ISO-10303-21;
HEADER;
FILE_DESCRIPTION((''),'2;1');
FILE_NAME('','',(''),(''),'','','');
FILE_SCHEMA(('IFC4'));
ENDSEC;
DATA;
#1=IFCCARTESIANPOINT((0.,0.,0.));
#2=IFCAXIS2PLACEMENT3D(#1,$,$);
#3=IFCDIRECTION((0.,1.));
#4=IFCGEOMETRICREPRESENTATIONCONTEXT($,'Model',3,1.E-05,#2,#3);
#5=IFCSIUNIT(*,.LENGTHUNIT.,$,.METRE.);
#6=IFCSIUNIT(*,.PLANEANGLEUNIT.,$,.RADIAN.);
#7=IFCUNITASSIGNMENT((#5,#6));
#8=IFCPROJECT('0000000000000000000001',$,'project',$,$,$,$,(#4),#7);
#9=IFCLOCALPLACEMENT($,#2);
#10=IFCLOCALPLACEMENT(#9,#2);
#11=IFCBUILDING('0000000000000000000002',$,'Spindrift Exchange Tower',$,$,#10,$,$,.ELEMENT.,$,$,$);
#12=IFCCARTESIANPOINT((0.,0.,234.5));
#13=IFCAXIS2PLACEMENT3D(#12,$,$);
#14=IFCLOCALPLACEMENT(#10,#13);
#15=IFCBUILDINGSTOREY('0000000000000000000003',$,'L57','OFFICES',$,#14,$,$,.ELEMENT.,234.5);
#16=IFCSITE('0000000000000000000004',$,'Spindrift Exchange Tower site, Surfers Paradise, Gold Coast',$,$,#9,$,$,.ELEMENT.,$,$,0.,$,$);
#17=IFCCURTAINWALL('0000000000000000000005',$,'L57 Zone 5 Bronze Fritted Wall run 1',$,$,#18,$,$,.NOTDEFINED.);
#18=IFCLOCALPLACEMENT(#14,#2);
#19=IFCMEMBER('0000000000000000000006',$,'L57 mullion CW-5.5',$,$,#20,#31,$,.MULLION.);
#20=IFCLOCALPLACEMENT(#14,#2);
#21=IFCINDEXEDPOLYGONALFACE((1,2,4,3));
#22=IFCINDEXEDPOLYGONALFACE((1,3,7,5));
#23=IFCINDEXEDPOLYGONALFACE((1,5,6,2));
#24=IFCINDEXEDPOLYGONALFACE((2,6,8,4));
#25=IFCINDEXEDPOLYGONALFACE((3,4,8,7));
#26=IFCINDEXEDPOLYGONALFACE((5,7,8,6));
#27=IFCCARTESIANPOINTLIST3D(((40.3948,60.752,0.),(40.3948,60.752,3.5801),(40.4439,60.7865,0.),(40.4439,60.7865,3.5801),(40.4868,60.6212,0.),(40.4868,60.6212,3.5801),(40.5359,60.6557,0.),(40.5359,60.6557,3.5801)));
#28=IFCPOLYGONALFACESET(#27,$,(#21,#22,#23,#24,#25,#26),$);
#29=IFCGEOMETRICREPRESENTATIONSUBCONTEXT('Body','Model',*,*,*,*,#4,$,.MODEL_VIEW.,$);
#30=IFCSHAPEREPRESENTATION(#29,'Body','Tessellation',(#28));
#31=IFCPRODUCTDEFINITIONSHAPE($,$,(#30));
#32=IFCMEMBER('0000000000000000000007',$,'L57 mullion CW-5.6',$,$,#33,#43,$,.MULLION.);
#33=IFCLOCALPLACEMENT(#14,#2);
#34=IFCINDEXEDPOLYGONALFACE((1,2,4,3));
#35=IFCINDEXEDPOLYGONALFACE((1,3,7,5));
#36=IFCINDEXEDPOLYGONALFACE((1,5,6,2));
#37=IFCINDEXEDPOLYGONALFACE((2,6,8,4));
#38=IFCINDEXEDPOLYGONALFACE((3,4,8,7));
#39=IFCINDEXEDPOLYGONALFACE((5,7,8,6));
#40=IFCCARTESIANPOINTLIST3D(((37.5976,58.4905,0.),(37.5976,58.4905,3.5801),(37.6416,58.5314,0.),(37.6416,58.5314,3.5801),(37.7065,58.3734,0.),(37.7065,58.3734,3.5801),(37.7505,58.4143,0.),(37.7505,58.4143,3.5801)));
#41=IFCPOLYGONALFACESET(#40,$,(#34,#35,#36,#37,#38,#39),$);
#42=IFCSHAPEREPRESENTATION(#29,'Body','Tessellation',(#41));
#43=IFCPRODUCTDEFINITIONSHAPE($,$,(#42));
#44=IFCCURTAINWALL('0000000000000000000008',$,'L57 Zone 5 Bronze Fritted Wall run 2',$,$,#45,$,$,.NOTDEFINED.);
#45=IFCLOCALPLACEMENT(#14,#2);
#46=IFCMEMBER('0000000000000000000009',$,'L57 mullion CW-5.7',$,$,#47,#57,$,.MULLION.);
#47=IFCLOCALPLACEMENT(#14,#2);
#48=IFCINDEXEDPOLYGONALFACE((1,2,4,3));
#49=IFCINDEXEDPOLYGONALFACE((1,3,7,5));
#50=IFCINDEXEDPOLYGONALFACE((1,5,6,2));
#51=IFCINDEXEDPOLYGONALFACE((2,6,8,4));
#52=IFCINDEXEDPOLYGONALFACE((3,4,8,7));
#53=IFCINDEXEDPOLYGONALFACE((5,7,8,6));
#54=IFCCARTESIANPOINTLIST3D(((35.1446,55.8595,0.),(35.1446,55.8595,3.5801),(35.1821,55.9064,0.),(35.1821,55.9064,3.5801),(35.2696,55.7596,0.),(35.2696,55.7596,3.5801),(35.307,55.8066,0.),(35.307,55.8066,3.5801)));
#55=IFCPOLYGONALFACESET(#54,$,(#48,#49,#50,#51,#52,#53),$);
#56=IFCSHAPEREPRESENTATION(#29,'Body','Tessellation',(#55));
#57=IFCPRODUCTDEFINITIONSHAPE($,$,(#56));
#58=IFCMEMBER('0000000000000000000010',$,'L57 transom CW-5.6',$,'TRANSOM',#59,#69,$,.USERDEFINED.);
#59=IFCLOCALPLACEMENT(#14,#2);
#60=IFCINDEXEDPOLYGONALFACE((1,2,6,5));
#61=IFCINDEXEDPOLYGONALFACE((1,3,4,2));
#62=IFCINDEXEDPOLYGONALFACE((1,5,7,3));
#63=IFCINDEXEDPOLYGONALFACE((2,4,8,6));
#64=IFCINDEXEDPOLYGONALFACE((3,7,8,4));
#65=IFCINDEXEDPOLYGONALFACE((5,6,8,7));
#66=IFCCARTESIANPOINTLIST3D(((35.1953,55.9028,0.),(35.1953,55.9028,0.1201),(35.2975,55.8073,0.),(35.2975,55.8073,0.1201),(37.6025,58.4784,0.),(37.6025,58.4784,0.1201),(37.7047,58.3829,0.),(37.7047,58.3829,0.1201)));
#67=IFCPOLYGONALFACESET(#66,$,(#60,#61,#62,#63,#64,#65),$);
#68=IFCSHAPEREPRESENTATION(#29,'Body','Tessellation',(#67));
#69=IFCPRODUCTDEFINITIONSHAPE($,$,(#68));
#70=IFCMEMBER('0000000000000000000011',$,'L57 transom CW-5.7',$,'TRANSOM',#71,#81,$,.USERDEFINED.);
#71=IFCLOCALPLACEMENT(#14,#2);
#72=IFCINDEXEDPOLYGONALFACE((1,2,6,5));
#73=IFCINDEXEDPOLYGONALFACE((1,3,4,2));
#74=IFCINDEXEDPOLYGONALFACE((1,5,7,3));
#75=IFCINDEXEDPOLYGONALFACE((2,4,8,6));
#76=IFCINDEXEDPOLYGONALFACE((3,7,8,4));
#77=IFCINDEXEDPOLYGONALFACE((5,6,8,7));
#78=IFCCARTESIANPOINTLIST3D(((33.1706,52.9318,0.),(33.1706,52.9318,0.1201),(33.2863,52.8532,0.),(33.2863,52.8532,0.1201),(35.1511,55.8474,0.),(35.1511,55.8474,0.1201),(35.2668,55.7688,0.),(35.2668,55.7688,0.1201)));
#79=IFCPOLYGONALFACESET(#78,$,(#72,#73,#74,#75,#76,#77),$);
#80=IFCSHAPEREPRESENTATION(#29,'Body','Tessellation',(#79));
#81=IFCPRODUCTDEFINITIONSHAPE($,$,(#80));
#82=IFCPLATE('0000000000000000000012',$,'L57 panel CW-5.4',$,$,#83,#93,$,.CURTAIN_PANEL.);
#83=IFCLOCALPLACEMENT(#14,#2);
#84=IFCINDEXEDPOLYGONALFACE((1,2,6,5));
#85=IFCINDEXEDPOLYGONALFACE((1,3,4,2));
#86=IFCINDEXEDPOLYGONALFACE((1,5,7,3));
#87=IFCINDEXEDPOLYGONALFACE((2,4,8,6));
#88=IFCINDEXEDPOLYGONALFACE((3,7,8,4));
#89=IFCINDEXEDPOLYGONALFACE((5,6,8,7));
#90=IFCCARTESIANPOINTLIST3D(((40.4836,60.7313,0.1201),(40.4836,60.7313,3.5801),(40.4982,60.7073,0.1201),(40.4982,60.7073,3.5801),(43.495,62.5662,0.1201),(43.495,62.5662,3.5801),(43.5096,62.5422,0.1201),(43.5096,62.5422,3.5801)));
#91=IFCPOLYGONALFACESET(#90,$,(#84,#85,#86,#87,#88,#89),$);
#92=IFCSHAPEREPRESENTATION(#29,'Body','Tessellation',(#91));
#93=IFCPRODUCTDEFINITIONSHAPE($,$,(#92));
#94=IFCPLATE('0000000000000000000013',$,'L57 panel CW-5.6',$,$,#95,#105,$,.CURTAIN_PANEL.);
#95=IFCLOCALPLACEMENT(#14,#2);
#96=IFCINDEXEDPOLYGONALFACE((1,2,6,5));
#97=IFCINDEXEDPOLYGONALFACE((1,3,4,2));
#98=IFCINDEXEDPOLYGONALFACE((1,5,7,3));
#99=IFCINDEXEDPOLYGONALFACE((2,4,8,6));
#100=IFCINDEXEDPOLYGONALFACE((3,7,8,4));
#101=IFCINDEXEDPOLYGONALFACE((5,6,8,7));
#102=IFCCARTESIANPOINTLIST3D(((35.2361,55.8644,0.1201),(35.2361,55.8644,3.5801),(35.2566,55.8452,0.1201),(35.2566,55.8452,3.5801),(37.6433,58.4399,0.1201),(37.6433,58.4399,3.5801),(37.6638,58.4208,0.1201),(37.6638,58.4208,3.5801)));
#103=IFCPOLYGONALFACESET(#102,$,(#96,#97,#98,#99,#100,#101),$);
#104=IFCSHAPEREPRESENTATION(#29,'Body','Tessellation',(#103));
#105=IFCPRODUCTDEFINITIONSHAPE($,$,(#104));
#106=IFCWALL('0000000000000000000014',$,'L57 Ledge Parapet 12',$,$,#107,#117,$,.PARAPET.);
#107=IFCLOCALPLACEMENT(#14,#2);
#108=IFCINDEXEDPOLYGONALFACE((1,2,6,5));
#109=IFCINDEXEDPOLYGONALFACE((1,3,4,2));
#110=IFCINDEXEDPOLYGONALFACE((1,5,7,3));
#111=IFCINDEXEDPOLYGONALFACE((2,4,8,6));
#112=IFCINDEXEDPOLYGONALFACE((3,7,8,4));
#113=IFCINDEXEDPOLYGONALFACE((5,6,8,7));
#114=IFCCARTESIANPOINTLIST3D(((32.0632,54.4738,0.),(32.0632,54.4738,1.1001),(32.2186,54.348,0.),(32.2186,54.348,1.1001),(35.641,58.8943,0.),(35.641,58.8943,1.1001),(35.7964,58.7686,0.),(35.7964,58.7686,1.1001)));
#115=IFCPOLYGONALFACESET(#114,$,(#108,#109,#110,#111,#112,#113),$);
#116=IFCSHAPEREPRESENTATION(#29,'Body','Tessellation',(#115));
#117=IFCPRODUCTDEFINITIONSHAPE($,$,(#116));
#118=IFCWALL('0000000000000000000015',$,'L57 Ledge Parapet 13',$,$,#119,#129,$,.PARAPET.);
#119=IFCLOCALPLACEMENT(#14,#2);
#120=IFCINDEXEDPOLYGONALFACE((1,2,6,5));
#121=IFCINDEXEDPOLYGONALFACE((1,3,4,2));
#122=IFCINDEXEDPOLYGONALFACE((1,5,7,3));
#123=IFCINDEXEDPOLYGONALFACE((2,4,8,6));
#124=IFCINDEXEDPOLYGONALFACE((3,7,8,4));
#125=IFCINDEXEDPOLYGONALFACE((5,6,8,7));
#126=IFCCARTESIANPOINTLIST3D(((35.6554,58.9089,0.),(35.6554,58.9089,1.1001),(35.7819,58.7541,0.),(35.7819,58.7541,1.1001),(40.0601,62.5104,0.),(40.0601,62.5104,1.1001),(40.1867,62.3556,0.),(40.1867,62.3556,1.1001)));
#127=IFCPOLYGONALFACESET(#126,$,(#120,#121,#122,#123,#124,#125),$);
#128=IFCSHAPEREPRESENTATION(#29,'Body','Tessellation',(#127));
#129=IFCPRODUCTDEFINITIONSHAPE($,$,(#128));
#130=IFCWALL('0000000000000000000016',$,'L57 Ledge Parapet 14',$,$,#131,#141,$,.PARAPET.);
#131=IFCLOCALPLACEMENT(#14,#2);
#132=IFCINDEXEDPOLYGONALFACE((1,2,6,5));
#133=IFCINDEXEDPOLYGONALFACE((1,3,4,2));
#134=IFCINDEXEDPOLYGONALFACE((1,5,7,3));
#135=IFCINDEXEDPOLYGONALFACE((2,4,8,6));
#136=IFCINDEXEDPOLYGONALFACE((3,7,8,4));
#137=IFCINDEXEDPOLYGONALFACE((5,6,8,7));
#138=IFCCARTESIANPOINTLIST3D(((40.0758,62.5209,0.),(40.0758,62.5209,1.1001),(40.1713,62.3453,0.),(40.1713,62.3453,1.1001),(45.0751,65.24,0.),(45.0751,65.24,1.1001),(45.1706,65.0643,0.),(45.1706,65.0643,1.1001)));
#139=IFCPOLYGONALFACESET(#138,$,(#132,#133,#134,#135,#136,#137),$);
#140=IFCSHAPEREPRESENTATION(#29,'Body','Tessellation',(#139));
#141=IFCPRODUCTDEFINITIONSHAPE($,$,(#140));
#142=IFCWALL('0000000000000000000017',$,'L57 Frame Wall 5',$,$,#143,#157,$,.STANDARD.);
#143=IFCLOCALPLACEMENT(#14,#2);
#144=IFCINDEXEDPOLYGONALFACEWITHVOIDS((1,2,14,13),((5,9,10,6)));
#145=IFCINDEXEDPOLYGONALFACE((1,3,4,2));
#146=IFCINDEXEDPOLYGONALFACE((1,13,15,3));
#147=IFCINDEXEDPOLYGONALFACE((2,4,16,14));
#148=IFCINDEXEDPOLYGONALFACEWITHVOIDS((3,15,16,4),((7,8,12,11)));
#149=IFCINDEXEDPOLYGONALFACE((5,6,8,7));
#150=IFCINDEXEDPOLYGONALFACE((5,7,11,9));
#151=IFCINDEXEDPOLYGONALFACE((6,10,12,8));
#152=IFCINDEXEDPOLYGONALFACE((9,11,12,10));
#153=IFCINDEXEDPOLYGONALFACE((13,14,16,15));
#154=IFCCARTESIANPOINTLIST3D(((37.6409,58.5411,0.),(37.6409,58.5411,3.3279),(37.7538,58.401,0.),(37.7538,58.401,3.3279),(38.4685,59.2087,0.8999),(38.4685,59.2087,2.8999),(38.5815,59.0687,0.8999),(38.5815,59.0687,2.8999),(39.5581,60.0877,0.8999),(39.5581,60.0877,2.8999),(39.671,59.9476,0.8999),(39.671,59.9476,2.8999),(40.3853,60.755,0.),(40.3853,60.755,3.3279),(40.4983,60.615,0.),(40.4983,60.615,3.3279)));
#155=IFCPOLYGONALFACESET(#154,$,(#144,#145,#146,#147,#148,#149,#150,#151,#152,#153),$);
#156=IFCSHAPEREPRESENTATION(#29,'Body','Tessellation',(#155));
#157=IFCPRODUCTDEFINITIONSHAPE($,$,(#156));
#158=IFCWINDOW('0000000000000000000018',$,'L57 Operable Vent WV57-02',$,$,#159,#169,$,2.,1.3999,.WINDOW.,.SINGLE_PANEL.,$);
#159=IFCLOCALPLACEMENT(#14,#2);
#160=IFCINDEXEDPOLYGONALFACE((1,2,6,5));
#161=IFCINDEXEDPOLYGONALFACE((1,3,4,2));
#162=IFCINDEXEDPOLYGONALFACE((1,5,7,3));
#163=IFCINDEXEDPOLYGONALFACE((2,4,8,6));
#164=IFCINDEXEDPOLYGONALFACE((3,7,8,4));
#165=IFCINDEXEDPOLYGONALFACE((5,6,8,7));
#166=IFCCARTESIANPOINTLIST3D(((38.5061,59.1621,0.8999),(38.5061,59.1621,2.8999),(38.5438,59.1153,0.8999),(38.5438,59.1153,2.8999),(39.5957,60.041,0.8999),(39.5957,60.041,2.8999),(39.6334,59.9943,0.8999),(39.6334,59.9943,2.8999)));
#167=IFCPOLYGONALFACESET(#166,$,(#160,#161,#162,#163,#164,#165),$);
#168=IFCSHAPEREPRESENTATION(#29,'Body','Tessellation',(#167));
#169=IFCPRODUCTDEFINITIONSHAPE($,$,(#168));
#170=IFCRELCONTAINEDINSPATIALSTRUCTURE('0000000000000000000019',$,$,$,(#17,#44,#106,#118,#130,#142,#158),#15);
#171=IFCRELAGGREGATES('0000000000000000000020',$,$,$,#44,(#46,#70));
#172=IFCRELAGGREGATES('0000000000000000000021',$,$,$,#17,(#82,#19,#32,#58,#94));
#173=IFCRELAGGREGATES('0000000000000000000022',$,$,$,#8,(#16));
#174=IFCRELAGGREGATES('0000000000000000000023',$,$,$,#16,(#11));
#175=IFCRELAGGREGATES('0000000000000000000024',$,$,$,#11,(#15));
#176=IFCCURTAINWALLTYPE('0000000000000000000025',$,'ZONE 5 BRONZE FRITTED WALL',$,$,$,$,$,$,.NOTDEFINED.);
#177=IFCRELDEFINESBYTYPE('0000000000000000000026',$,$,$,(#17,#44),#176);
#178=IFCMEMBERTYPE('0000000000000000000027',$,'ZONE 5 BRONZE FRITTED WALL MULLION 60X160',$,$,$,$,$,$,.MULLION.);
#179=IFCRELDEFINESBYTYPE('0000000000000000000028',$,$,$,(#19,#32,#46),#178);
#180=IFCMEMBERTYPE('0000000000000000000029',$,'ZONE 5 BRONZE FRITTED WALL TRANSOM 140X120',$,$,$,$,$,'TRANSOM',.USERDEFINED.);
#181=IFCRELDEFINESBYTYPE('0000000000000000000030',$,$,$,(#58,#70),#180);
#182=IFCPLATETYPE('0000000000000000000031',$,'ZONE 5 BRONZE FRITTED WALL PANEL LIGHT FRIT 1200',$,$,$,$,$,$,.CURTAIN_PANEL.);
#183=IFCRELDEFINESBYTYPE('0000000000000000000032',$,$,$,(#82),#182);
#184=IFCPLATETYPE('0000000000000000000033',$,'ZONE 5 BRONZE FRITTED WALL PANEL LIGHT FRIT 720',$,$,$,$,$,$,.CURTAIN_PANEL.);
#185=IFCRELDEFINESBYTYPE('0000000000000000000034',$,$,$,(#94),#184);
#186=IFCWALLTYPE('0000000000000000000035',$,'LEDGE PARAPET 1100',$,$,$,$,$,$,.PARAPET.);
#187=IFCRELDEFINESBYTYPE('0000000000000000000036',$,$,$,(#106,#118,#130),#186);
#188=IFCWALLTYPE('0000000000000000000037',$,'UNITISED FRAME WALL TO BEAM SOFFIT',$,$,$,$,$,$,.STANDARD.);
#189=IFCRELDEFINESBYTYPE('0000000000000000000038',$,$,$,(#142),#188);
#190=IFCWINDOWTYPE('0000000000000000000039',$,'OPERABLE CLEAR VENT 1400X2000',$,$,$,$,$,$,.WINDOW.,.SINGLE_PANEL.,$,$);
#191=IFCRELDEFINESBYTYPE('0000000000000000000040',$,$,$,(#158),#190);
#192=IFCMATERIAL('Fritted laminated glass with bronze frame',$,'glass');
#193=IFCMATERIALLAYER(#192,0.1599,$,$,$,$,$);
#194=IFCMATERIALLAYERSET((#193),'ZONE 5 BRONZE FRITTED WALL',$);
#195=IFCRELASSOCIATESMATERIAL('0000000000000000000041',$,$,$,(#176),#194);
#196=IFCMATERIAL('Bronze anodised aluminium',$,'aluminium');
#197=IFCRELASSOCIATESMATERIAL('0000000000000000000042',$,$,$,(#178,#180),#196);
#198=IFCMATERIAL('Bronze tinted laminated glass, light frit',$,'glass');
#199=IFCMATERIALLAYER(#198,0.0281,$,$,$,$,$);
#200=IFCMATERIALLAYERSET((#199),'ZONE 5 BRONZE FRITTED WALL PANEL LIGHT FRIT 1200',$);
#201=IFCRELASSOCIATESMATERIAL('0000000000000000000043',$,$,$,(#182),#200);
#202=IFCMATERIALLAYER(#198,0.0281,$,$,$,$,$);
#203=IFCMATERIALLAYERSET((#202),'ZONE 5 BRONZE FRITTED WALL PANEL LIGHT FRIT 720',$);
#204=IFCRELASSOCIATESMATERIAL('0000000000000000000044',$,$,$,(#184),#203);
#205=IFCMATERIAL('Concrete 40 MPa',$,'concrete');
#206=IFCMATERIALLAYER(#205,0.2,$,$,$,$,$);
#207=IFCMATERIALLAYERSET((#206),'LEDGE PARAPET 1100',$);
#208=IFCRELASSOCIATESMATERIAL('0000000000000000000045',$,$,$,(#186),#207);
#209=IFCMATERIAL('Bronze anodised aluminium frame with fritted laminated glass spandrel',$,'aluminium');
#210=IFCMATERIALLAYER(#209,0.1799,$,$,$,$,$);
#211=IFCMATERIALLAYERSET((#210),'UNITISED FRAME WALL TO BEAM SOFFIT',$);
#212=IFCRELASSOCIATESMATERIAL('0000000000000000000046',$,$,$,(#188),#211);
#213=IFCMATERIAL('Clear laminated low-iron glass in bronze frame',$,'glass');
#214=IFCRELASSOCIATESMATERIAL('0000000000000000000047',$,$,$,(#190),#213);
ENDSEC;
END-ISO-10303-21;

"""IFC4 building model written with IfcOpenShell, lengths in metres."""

from ifc_helpers import new_model, si_unit, direction, frame, frame_2d, origin, origin_2d, place, context, subcontext, project, spatial, rectangle, extrude, source, transform, mapped, material, layer, layer_set, material_profile, profile_set, type_object, element, fill, aggregate, save


model = new_model("IFC4")

# Units and contexts
model_context = context("Model", 3, precision=1e-05, world=origin(), true_north=direction((0.0, 1.0)))
body_context = subcontext(model_context, "Body", "Model", "MODEL_VIEW")
ifc_project = project(units=[si_unit("LENGTHUNIT", "METRE"), si_unit("PLANEANGLEUNIT", "RADIAN")], contexts=[model_context])

# Site, building, storey
site_placement = place(None, origin())
site = spatial("IfcSite", under=ifc_project, at=site_placement, Name="Spindrift Exchange Tower site, Surfers Paradise, Gold Coast", CompositionType="ELEMENT", RefElevation=0.0)
building_placement = place(site_placement, origin())
building = spatial("IfcBuilding", under=site, at=building_placement, Name="Spindrift Exchange Tower", CompositionType="ELEMENT")
storey_placement = place(building_placement, frame((0.0, 0.0, 234.5)))
storey = spatial("IfcBuildingStorey", under=building, at=storey_placement, Name="L57", Description="OFFICES", CompositionType="ELEMENT", Elevation=234.5)

# Shared definitions
ifc_material_1 = material(Name="Concrete 40 MPa", Category="concrete")

# Curtain wall, members
ifc_material_2 = material(Name="Fritted laminated glass with bronze frame", Category="glass")
ifc_layer_1 = layer(ifc_material_2, 0.1599)
ifc_layer_set_1 = layer_set([ifc_layer_1], Name="ZONE 5 BRONZE FRITTED WALL")
curtain_wall_type = type_object("IfcCurtainWallType", Name="ZONE 5 BRONZE FRITTED WALL", PredefinedType="NOTDEFINED", material=ifc_layer_set_1)
curtain_wall_1_placement = place(storey_placement, origin())
curtain_wall_1 = element("IfcCurtainWall", 1, at=curtain_wall_1_placement, inside=storey, type_object=curtain_wall_type, Name="L57 Zone 5 Bronze Fritted Wall run 1", PredefinedType="NOTDEFINED")
ifc_material_3 = material(Name="Bronze anodised aluminium", Category="aluminium")
ifc_material_profile_1 = material_profile(ifc_material_3, rectangle(XDim=0.0601, YDim=0.1599, at=origin_2d()), Name="ZONE 5 BRONZE FRITTED WALL MULLION 60X160")
ifc_profile_set_1 = profile_set([ifc_material_profile_1], Name="Bronze anodised aluminium")
member_type_1 = type_object("IfcMemberType", Name="ZONE 5 BRONZE FRITTED WALL MULLION 60X160", PredefinedType="MULLION", material=ifc_profile_set_1)
shared_shape_1 = source(origin(), body_context, "Body", "SweptSolid", [
    extrude(rectangle(XDim=0.0601, YDim=0.1599, at=origin_2d()), origin(), (0.0, 0.0, 1.0), 3.5801),
])
member_1_placement = place(storey_placement, frame((40.4653, 60.7039, 0.0), z_axis=(0.0, 0.0, 1.0), x_axis=(-0.817937, -0.575308, 0.0)))
member_1 = element("IfcMember", 2, at=member_1_placement, type_object=member_type_1, Name="L57 mullion CW-5.5", PredefinedType="MULLION", context=body_context, shape_type="MappedRepresentation", body=[
    mapped(shared_shape_1, transform((0.0, 0.0, 0.0), scale=1.0)),
])
member_2_placement = place(storey_placement, frame((37.6741, 58.4524, 0.0), z_axis=(0.0, 0.0, 1.0), x_axis=(-0.73241, -0.680864, 0.0)))
member_2 = element("IfcMember", 3, at=member_2_placement, type_object=member_type_1, Name="L57 mullion CW-5.6", PredefinedType="MULLION", context=body_context, shape_type="MappedRepresentation", body=[
    mapped(shared_shape_1, transform((0.0, 0.0, 0.0), scale=1.0)),
])

# Curtain wall, member
curtain_wall_2_placement = place(storey_placement, origin())
curtain_wall_2 = element("IfcCurtainWall", 4, at=curtain_wall_2_placement, inside=storey, type_object=curtain_wall_type, Name="L57 Zone 5 Bronze Fritted Wall run 2", PredefinedType="NOTDEFINED")
member_3_placement = place(storey_placement, frame((35.2258, 55.833, 0.0), z_axis=(0.0, 0.0, 1.0), x_axis=(-0.624223, -0.781246, 0.0)))
member_3 = element("IfcMember", 5, at=member_3_placement, type_object=member_type_1, Name="L57 mullion CW-5.7", PredefinedType="MULLION", context=body_context, shape_type="MappedRepresentation", body=[
    mapped(shared_shape_1, transform((0.0, 0.0, 0.0), scale=1.0)),
])

# Members
ifc_material_profile_2 = material_profile(ifc_material_3, rectangle(XDim=0.1399, YDim=0.1201, at=origin_2d()), Name="ZONE 5 BRONZE FRITTED WALL TRANSOM 140X120")
ifc_profile_set_2 = profile_set([ifc_material_profile_2], Name="Bronze anodised aluminium")
member_type_2 = type_object("IfcMemberType", Name="ZONE 5 BRONZE FRITTED WALL TRANSOM 140X120", ElementType="TRANSOM", PredefinedType="USERDEFINED", material=ifc_profile_set_2)
shared_shape_2 = source(origin(), body_context, "Body", "SweptSolid", [
    extrude(rectangle(XDim=0.1399, YDim=0.1201, at=origin_2d()), origin(), (0.0, 0.0, 1.0), 3.5254),
])
member_4_placement = place(storey_placement, frame((37.6536, 58.4307, 0.0601), z_axis=(-0.682812, -0.730595, 0.0), x_axis=(0.730595, -0.682812, 0.0)))
member_4 = element("IfcMember", 6, at=member_4_placement, type_object=member_type_2, Name="L57 transom CW-5.6", ObjectType="TRANSOM", PredefinedType="USERDEFINED", context=body_context, shape_type="MappedRepresentation", body=[
    mapped(shared_shape_2, transform((0.0, 0.0, 0.0), scale=1.0)),
])
shared_shape_3 = source(origin(), body_context, "Body", "SweptSolid", [
    extrude(rectangle(XDim=0.1399, YDim=0.1201, at=origin_2d()), origin(), (0.0, 0.0, 1.0), 3.5247),
])
member_5_placement = place(storey_placement, frame((35.209, 55.8081, 0.0601), z_axis=(-0.561904, -0.827202, 0.0), x_axis=(0.827202, -0.561904, 0.0)))
member_5 = element("IfcMember", 7, at=member_5_placement, type_object=member_type_2, Name="L57 transom CW-5.7", ObjectType="TRANSOM", PredefinedType="USERDEFINED", context=body_context, shape_type="MappedRepresentation", body=[
    mapped(shared_shape_3, transform((0.0, 0.0, 0.0), scale=1.0)),
])
aggregate(curtain_wall_2, [member_3, member_5])

# Plates
ifc_material_4 = material(Name="Bronze tinted laminated glass, light frit", Category="glass")
ifc_layer_2 = layer(ifc_material_4, 0.0281)
ifc_layer_set_2 = layer_set([ifc_layer_2], Name="ZONE 5 BRONZE FRITTED WALL PANEL LIGHT FRIT 1200")
plate_type_1 = type_object("IfcPlateType", Name="ZONE 5 BRONZE FRITTED WALL PANEL LIGHT FRIT 1200", PredefinedType="CURTAIN_PANEL", material=ifc_layer_set_2)
shared_shape_4 = source(origin(), body_context, "Body", "SweptSolid", [
    extrude(rectangle(XDim=3.5264, YDim=0.0281, at=origin_2d()), origin(), (0.0, 0.0, 1.0), 3.46),
])
plate_1_placement = place(storey_placement, frame((41.9966, 61.6367, 0.1201), z_axis=(0.0, 0.0, 1.0), x_axis=(-0.853962, -0.520335, 0.0)))
plate_1 = element("IfcPlate", 8, at=plate_1_placement, type_object=plate_type_1, Name="L57 panel CW-5.4", PredefinedType="CURTAIN_PANEL", context=body_context, shape_type="MappedRepresentation", body=[
    mapped(shared_shape_4, transform((0.0, 0.0, 0.0), scale=1.0)),
])
ifc_layer_3 = layer(ifc_material_4, 0.0281)
ifc_layer_set_3 = layer_set([ifc_layer_3], Name="ZONE 5 BRONZE FRITTED WALL PANEL LIGHT FRIT 720")
plate_type_2 = type_object("IfcPlateType", Name="ZONE 5 BRONZE FRITTED WALL PANEL LIGHT FRIT 720", PredefinedType="CURTAIN_PANEL", material=ifc_layer_set_3)
shared_shape_5 = source(origin(), body_context, "Body", "SweptSolid", [
    extrude(rectangle(XDim=3.5254, YDim=0.0281, at=origin_2d()), origin(), (0.0, 0.0, 1.0), 3.46),
])
plate_2_placement = place(storey_placement, frame((36.45, 57.1426, 0.1201), z_axis=(0.0, 0.0, 1.0), x_axis=(-0.68283, -0.730577, 0.0)))
plate_2 = element("IfcPlate", 9, at=plate_2_placement, type_object=plate_type_2, Name="L57 panel CW-5.6", PredefinedType="CURTAIN_PANEL", context=body_context, shape_type="MappedRepresentation", body=[
    mapped(shared_shape_5, transform((0.0, 0.0, 0.0), scale=1.0)),
])
aggregate(curtain_wall_1, [plate_1, member_1, member_2, member_4, plate_2])

# Walls
ifc_layer_4 = layer(ifc_material_1, 0.2)
ifc_layer_set_4 = layer_set([ifc_layer_4], Name="LEDGE PARAPET 1100")
wall_type_1 = type_object("IfcWallType", Name="LEDGE PARAPET 1100", PredefinedType="PARAPET", material=ifc_layer_set_4)
wall_1_placement = place(storey_placement, frame((32.1409, 54.4109, 0.0), z_axis=(0.0, 0.0, 1.0), x_axis=(0.629119, 0.777309, 0.0)))
element("IfcWall", 10, at=wall_1_placement, inside=storey, type_object=wall_type_1, Name="L57 Ledge Parapet 12", PredefinedType="PARAPET", context=body_context, shape_type="SweptSolid", body=[
    extrude(rectangle(XDim=5.687, YDim=0.2, at=frame_2d((2.8435, 0.0))), origin(), (0.0, 0.0, 1.0), 1.1001),
])
wall_2_placement = place(storey_placement, frame((35.7188, 58.8315, 0.0), z_axis=(0.0, 0.0, 1.0), x_axis=(0.77416, 0.63299, 0.0)))
element("IfcWall", 11, at=wall_2_placement, inside=storey, type_object=wall_type_1, Name="L57 Ledge Parapet 13", PredefinedType="PARAPET", context=body_context, shape_type="SweptSolid", body=[
    extrude(rectangle(XDim=5.6897, YDim=0.2, at=frame_2d((2.8447, 0.0))), origin(), (0.0, 0.0, 1.0), 1.1001),
])
wall_3_placement = place(storey_placement, frame((40.1235, 62.4331, 0.0), z_axis=(0.0, 0.0, 1.0), x_axis=(0.878477, 0.477785, 0.0)))
element("IfcWall", 12, at=wall_3_placement, inside=storey, type_object=wall_type_1, Name="L57 Ledge Parapet 14", PredefinedType="PARAPET", context=body_context, shape_type="SweptSolid", body=[
    extrude(rectangle(XDim=5.6909, YDim=0.2, at=frame_2d((2.8455, 0.0))), origin(), (0.0, 0.0, 1.0), 1.1001),
])

# Wall, opening, window
ifc_material_5 = material(Name="Bronze anodised aluminium frame with fritted laminated glass spandrel", Category="aluminium")
ifc_layer_5 = layer(ifc_material_5, 0.1799)
ifc_layer_set_5 = layer_set([ifc_layer_5], Name="UNITISED FRAME WALL TO BEAM SOFFIT")
wall_type_2 = type_object("IfcWallType", Name="UNITISED FRAME WALL TO BEAM SOFFIT", PredefinedType="STANDARD", material=ifc_layer_set_5)
wall_4_placement = place(storey_placement, frame((40.4419, 60.6851, 0.0), z_axis=(0.0, 0.0, 1.0), x_axis=(-0.778322, -0.627865, 0.0)))
wall_4 = element("IfcWall", 13, at=wall_4_placement, inside=storey, type_object=wall_type_2, Name="L57 Frame Wall 5", PredefinedType="STANDARD", context=body_context, shape_type="SweptSolid", body=[
    extrude(rectangle(XDim=3.5261, YDim=0.1799, at=frame_2d((1.7632, 0.0))), origin(), (0.0, 0.0, 1.0), 3.3279),
])
opening_1_placement = place(wall_4_placement, frame((1.063, 0.0, 0.8999)))
opening_1 = element("IfcOpeningElement", 14, at=opening_1_placement, cuts=wall_4, PredefinedType="OPENING", context=body_context, shape_type="SweptSolid", body=[
    extrude(rectangle(XDim=1.3999, YDim=2.0, at=frame_2d((0.7, 1.0))), frame((0.0, 0.0999, 0.0), z_axis=(0.0, -1.0, 0.0), x_axis=(1.0, 0.0, 0.0)), (0.0, 0.0, 1.0), 0.2),
])
ifc_material_6 = material(Name="Clear laminated low-iron glass in bronze frame", Category="glass")
window_type = type_object("IfcWindowType", Name="OPERABLE CLEAR VENT 1400X2000", PartitioningType="SINGLE_PANEL", PredefinedType="WINDOW", material=ifc_material_6)
shared_shape_6 = source(origin(), body_context, "Body", "SweptSolid", [
    extrude(rectangle(XDim=1.3999, YDim=2.0, at=frame_2d((0.7, 1.0))), frame((0.0, 0.03, 0.0), z_axis=(0.0, -1.0, 0.0), x_axis=(1.0, 0.0, 0.0)), (0.0, 0.0, 1.0), 0.0601),
])
window_placement = place(opening_1_placement, origin())
window = element("IfcWindow", 15, at=window_placement, inside=storey, type_object=window_type, Name="L57 Operable Vent WV57-02", OverallHeight=2.0, OverallWidth=1.3999, PartitioningType="SINGLE_PANEL", PredefinedType="WINDOW", context=body_context, shape_type="MappedRepresentation", body=[
    mapped(shared_shape_6, transform((0.0, 0.0, 0.0), scale=1.0)),
])
fill(opening_1, window)

save(model, "model.ifc")
